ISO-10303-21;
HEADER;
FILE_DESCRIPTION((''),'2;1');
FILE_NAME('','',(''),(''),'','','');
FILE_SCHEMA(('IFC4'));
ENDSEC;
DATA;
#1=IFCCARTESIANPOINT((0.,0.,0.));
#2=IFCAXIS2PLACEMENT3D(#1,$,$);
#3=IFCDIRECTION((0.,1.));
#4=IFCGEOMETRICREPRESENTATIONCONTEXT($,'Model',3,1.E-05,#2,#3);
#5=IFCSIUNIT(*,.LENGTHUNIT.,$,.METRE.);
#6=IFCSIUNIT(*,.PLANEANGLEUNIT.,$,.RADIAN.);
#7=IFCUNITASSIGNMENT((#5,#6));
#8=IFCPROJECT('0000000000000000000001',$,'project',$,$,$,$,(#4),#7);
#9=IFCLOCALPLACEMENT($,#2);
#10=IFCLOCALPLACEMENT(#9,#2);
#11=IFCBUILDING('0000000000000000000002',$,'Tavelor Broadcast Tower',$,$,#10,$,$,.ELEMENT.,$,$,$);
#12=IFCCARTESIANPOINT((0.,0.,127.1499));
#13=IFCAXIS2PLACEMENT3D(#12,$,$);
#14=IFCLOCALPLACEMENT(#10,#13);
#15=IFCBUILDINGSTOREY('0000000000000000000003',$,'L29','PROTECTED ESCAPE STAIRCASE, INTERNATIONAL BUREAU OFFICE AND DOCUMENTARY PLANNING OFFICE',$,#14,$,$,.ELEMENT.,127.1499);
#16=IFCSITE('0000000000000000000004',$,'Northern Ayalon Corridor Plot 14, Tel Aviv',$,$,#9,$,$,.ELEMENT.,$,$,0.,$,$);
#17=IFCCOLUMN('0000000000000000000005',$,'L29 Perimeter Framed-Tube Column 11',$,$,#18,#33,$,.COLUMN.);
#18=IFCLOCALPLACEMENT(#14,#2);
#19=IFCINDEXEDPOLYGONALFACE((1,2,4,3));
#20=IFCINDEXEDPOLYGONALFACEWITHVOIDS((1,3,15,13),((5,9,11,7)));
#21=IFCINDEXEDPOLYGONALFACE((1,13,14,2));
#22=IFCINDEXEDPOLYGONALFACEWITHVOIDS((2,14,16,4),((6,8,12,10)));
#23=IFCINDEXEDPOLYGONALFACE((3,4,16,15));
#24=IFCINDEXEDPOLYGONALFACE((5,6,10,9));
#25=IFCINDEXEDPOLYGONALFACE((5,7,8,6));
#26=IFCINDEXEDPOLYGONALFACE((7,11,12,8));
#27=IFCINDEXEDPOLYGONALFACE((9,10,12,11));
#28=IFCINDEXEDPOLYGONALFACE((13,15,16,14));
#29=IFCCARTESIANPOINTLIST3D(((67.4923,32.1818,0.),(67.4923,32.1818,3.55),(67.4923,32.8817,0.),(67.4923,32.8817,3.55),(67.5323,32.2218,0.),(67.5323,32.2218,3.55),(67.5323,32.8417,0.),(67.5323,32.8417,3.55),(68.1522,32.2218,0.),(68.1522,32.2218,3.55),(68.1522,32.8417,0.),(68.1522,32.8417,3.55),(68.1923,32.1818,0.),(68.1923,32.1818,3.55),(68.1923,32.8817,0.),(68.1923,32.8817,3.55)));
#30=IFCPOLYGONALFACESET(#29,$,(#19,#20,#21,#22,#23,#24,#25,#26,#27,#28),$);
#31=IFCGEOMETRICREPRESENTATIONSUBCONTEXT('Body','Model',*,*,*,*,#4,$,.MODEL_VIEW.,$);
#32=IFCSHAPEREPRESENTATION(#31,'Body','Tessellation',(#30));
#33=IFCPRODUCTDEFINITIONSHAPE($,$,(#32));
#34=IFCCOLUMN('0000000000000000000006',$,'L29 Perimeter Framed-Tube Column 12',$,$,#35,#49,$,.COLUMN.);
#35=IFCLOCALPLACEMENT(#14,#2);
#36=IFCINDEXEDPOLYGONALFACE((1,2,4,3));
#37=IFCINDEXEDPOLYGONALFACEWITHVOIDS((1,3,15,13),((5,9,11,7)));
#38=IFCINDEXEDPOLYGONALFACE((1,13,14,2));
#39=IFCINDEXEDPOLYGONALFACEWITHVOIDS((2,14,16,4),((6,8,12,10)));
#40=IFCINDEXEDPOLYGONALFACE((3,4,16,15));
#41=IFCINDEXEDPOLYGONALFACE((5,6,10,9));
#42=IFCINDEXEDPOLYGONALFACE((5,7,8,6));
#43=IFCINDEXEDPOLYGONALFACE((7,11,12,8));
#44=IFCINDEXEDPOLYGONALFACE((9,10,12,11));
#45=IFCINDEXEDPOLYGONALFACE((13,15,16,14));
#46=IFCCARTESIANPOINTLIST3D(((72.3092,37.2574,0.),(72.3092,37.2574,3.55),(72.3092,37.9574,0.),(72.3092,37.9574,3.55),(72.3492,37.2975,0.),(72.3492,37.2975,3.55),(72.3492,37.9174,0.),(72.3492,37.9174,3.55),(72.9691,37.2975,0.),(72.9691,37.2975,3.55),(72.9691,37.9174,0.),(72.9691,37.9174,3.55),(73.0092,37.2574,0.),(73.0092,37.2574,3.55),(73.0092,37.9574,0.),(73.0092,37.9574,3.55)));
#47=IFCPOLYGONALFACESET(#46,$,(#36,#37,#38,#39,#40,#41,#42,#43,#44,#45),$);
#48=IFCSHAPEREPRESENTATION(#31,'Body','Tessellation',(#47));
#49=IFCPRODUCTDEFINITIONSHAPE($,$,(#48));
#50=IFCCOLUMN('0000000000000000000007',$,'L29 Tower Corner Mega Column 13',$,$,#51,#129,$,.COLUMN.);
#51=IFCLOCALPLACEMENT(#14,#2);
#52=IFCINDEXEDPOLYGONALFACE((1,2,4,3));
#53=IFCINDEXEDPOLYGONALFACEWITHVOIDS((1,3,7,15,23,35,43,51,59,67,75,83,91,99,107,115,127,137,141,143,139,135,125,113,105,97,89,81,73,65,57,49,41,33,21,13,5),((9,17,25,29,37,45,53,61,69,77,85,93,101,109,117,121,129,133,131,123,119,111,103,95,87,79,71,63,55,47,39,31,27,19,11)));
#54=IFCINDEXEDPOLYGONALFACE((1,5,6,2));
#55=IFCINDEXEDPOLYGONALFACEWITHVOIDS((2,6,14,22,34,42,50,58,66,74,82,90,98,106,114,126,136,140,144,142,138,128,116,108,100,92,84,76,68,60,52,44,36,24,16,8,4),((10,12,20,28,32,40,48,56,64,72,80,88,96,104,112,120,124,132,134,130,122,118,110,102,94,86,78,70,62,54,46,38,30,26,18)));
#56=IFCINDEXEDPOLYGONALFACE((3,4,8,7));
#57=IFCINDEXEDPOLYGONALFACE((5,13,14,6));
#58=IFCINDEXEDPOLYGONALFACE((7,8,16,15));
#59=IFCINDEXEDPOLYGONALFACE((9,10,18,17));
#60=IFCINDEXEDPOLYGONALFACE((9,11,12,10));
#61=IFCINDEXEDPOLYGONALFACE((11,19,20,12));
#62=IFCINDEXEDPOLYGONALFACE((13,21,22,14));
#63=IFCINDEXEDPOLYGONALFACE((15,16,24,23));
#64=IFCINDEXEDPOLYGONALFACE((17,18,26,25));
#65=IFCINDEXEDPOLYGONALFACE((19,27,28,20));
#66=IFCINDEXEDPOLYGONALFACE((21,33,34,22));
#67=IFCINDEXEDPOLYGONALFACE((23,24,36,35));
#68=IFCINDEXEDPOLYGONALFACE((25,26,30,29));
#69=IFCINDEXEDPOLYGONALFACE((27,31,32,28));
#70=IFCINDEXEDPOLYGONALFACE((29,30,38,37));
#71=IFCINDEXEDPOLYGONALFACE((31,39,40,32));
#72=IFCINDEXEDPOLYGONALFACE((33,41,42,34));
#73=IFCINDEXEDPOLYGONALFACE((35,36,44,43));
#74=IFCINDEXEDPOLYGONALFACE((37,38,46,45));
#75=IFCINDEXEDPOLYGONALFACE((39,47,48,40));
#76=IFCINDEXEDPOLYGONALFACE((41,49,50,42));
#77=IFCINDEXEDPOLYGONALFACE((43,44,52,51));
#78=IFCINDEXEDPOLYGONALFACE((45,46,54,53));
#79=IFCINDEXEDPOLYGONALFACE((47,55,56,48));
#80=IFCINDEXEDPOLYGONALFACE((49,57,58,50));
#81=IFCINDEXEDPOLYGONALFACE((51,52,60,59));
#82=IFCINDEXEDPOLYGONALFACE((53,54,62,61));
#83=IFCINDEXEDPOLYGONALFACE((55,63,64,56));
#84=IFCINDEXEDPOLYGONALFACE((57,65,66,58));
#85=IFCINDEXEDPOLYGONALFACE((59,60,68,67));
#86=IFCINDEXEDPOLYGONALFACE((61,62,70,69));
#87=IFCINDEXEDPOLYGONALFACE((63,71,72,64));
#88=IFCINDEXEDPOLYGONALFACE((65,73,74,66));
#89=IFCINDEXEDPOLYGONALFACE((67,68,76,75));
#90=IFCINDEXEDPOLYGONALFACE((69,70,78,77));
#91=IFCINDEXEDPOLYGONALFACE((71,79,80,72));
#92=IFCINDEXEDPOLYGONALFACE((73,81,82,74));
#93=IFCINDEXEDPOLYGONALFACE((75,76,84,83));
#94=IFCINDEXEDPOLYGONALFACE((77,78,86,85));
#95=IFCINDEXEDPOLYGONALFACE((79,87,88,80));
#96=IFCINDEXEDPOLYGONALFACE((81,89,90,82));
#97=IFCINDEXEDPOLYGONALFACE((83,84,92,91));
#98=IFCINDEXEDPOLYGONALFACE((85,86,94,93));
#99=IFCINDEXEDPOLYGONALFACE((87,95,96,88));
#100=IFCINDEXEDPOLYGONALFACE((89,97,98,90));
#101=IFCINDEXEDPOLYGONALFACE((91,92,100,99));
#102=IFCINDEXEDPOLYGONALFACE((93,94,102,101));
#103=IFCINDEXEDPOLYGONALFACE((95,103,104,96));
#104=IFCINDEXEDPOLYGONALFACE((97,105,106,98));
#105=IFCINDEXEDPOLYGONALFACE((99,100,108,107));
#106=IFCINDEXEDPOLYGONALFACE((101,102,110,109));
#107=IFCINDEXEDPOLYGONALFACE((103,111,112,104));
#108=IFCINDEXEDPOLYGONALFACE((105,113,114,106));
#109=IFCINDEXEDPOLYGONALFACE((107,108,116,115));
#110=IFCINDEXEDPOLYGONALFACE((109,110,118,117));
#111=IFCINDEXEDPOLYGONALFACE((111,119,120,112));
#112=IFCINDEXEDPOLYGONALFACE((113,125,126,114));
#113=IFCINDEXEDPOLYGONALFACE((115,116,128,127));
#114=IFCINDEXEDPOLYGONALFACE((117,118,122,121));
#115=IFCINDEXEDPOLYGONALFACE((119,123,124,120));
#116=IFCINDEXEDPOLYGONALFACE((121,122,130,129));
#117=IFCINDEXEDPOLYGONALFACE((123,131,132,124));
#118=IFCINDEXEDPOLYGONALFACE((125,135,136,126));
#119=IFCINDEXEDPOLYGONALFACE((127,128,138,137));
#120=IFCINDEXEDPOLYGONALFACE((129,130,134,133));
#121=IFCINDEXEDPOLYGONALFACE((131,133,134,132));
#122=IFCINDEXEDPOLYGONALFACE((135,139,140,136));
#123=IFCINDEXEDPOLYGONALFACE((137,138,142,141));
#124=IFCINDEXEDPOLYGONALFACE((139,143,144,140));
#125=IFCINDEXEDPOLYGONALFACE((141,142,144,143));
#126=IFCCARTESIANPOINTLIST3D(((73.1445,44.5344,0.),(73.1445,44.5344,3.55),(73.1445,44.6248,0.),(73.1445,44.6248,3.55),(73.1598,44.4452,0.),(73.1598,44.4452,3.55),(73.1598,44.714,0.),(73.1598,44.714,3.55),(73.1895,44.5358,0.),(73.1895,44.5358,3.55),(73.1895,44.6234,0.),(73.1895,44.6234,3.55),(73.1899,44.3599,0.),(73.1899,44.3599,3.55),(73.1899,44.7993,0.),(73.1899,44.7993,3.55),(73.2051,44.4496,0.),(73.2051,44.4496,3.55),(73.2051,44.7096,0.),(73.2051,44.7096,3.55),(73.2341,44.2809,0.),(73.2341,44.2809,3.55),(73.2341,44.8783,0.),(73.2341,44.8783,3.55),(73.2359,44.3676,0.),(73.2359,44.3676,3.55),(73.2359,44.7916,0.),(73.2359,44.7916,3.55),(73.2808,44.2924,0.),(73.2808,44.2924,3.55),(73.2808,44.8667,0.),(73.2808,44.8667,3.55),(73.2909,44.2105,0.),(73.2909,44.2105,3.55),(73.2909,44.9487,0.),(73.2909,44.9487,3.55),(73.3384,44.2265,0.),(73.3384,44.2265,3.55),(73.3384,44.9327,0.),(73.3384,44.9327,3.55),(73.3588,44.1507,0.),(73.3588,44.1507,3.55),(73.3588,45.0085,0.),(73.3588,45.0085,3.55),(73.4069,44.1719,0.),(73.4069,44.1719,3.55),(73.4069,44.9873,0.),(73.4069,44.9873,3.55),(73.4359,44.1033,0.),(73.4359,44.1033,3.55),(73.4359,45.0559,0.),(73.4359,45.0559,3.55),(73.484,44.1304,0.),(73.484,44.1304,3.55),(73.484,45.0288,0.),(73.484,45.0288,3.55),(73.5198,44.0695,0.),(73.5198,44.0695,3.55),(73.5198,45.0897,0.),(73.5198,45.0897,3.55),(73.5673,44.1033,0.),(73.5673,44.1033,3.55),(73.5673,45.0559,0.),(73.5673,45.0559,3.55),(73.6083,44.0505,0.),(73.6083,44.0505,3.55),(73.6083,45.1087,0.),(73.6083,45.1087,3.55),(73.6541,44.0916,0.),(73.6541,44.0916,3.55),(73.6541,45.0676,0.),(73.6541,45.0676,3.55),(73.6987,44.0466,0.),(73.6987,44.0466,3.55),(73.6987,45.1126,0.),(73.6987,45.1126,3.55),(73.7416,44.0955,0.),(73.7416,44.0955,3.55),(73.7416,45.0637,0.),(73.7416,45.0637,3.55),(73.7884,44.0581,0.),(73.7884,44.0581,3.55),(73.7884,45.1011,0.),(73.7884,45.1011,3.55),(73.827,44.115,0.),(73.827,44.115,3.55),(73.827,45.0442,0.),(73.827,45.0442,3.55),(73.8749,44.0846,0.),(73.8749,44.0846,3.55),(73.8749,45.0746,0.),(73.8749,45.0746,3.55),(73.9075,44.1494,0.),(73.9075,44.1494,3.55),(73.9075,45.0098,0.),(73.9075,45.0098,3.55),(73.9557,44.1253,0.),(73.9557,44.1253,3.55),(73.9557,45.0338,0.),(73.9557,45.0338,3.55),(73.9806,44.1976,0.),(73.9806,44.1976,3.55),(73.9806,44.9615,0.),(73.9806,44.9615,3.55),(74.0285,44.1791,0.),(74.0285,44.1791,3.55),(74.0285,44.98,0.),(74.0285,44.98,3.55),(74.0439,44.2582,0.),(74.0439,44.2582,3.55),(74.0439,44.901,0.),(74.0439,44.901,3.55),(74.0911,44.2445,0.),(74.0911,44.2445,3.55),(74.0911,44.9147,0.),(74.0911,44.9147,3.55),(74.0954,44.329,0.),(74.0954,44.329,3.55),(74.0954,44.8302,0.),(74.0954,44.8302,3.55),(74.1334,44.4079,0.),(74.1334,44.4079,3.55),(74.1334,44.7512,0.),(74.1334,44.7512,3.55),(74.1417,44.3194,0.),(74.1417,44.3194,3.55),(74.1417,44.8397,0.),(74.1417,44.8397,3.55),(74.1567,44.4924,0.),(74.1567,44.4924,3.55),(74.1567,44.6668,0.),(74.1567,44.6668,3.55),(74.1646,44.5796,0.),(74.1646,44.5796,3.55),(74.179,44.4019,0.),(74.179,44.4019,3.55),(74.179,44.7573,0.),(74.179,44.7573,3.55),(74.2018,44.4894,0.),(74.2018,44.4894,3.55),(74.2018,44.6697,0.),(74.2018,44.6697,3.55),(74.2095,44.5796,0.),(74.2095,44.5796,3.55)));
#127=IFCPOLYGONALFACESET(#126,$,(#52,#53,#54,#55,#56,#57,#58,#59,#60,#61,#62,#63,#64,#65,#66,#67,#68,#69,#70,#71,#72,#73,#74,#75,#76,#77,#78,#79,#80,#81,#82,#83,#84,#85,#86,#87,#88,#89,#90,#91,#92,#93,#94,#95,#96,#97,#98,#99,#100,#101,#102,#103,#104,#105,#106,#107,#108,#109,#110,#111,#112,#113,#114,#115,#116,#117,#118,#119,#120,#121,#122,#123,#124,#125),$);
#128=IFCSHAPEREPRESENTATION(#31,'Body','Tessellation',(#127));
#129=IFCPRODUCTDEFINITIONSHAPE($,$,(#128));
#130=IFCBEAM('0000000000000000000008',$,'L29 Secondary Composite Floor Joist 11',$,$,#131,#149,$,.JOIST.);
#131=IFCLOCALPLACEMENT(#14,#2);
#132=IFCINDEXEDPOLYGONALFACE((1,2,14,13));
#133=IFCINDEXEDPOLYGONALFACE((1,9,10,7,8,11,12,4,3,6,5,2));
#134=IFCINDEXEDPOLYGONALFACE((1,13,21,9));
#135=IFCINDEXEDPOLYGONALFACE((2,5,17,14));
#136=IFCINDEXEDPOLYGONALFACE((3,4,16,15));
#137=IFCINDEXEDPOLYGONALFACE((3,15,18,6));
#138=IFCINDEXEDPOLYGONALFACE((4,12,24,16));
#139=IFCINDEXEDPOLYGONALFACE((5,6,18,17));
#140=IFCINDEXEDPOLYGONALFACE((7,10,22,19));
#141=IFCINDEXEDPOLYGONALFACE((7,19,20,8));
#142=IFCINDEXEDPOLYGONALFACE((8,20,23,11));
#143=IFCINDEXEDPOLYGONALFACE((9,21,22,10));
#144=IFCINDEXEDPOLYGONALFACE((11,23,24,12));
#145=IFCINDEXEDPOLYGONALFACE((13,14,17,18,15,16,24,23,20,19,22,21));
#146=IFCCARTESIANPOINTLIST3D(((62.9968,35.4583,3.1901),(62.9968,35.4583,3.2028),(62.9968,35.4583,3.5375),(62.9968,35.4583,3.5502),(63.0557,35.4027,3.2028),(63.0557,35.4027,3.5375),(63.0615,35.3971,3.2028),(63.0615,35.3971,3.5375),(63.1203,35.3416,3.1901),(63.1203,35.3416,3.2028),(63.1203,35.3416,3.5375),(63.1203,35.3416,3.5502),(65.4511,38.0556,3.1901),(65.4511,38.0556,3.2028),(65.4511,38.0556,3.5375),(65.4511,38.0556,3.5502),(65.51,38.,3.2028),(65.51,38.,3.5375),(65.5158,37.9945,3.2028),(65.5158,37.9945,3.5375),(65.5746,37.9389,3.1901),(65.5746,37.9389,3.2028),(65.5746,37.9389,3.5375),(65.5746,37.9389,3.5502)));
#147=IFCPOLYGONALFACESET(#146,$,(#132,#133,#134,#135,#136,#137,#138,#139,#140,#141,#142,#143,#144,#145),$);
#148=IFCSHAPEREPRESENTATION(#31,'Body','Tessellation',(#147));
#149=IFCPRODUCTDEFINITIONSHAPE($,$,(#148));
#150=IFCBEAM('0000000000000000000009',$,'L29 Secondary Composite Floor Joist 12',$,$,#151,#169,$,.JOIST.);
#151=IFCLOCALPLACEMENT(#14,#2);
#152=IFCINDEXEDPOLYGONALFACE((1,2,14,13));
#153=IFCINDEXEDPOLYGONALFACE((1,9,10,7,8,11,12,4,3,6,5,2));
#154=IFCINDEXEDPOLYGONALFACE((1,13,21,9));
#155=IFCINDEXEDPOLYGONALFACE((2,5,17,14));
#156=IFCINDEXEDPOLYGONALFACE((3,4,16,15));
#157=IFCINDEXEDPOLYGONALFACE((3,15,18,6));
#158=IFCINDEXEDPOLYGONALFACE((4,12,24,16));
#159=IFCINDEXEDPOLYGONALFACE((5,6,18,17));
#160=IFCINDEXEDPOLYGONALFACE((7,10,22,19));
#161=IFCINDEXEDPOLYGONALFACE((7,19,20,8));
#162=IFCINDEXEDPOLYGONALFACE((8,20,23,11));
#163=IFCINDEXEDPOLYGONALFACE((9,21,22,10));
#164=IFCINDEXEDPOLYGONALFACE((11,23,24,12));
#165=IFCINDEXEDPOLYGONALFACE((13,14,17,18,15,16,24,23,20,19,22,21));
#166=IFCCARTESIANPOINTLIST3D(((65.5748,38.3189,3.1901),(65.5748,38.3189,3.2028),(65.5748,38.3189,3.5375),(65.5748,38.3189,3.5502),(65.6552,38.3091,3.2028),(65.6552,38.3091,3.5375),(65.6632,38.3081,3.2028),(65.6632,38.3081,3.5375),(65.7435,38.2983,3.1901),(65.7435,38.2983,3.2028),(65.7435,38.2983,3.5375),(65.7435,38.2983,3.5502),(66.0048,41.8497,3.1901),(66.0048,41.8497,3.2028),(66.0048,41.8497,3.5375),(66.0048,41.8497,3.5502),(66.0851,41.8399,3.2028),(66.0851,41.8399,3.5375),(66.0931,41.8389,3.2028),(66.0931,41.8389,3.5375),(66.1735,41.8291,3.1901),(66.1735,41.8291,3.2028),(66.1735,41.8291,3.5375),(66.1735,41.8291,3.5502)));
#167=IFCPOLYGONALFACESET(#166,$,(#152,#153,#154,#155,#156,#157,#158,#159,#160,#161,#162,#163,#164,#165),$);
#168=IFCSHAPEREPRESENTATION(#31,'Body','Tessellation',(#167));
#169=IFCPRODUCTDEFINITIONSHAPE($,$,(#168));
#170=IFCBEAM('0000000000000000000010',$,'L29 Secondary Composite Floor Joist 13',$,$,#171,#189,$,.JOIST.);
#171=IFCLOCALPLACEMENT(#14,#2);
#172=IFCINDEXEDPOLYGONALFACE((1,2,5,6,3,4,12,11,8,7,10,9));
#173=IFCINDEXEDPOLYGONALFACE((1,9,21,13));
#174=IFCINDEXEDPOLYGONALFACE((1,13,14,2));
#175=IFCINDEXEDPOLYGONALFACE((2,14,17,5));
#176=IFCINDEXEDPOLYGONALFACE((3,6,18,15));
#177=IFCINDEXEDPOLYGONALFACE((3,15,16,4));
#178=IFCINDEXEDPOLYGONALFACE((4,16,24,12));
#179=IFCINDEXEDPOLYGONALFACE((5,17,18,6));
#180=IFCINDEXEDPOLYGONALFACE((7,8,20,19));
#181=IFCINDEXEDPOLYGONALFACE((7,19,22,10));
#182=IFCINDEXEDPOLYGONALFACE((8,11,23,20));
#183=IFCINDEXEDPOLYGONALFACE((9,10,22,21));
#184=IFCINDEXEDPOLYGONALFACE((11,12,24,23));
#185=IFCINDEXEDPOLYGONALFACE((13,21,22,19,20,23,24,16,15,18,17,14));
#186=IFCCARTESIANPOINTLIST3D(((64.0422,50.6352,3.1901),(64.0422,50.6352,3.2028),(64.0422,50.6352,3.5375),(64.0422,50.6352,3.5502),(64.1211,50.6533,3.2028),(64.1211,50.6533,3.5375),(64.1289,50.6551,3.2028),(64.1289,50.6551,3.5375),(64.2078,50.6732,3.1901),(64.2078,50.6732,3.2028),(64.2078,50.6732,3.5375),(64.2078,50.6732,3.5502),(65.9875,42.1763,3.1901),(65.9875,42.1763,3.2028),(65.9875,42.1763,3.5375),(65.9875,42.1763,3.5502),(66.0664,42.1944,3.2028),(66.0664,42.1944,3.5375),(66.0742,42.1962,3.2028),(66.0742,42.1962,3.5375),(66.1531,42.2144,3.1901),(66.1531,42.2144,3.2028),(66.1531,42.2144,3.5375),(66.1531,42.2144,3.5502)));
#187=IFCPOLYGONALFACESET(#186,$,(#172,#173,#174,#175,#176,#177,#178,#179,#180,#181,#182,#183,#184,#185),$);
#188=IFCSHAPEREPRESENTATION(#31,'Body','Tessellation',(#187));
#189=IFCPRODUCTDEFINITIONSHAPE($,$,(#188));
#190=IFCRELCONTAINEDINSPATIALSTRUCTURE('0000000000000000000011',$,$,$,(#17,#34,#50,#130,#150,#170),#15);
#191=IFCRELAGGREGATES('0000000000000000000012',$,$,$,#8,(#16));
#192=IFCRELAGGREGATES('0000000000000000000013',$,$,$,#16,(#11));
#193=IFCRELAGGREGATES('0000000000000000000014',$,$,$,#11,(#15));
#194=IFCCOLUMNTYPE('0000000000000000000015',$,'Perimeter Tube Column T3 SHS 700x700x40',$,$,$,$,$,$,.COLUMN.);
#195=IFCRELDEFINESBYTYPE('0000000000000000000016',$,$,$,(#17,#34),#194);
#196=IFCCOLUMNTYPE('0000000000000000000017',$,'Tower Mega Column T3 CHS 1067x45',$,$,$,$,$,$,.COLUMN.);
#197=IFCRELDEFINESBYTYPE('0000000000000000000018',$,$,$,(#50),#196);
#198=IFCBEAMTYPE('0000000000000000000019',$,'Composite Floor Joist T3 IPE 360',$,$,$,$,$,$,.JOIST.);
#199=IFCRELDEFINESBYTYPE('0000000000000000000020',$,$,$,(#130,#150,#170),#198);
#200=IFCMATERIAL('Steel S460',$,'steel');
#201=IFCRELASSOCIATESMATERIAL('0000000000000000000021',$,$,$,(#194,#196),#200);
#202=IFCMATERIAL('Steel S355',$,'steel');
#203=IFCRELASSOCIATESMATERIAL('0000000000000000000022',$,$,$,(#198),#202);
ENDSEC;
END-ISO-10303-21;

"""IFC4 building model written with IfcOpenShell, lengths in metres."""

from ifc_helpers import new_model, si_unit, direction, frame, origin, origin_2d, place, context, subcontext, project, spatial, hollow_rectangle, hollow_circle, i_section, extrude, material, material_profile, profile_set, type_object, element, save


model = new_model("IFC4")

# Units and contexts
model_context = context("Model", 3, precision=1e-05, world=origin(), true_north=direction((0.0, 1.0)))
body_context = subcontext(model_context, "Body", "Model", "MODEL_VIEW")
ifc_project = project(units=[si_unit("LENGTHUNIT", "METRE"), si_unit("PLANEANGLEUNIT", "RADIAN")], contexts=[model_context])

# Site, building, storey
site_placement = place(None, origin())
site = spatial("IfcSite", under=ifc_project, at=site_placement, Name="Northern Ayalon Corridor Plot 14, Tel Aviv", CompositionType="ELEMENT", RefElevation=0.0)
building_placement = place(site_placement, origin())
building = spatial("IfcBuilding", under=site, at=building_placement, Name="Tavelor Broadcast Tower", CompositionType="ELEMENT")
storey_placement = place(building_placement, frame((0.0, 0.0, 127.1499)))
storey = spatial("IfcBuildingStorey", under=building, at=storey_placement, Name="L29", Description="PROTECTED ESCAPE STAIRCASE, INTERNATIONAL BUREAU OFFICE AND DOCUMENTARY PLANNING OFFICE", CompositionType="ELEMENT", Elevation=127.1499)

# Columns
ifc_material_1 = material(Name="Steel S460", Category="steel")
ifc_material_profile_1 = material_profile(ifc_material_1, hollow_rectangle(XDim=0.7, YDim=0.7, WallThickness=0.04, at=origin_2d()), Name="SHS 700x700x40")
ifc_profile_set_1 = profile_set([ifc_material_profile_1], Name="Steel S460")
column_type_1 = type_object("IfcColumnType", Name="Perimeter Tube Column T3 SHS 700x700x40", PredefinedType="COLUMN", material=ifc_profile_set_1)
for number, where, z_axis, x_axis, name in (
    (1, (67.8423, 32.5317, 0.0), (0.0, 0.0, 1.0), (1.0, 0.0, 0.0), "L29 Perimeter Framed-Tube Column 11"),
    (2, (72.6592, 37.6074, 0.0), (0.0, 0.0, 1.0), (1.0, 0.0, 0.0), "L29 Perimeter Framed-Tube Column 12"),
):
    element("IfcColumn", number, at=place(storey_placement, frame(where, z_axis=z_axis, x_axis=x_axis)), inside=storey, type_object=column_type_1, Name=name, PredefinedType="COLUMN", context=body_context, shape_type="SweptSolid", body=[
        extrude(hollow_rectangle(XDim=0.7, YDim=0.7, WallThickness=0.04, at=origin_2d()), origin(), (0.0, 0.0, 1.0), 3.55),
    ])
ifc_material_profile_2 = material_profile(ifc_material_1, hollow_circle(Radius=0.5334, WallThickness=0.0449, at=origin_2d()), Name="CHS 1067x45")
ifc_profile_set_2 = profile_set([ifc_material_profile_2], Name="Steel S460")
column_type_2 = type_object("IfcColumnType", Name="Tower Mega Column T3 CHS 1067x45", PredefinedType="COLUMN", material=ifc_profile_set_2)
column_placement = place(storey_placement, frame((73.676, 44.5796, 0.0), z_axis=(0.0, 0.0, 1.0), x_axis=(1.0, 0.0, 0.0)))
element("IfcColumn", 3, at=column_placement, inside=storey, type_object=column_type_2, Name="L29 Tower Corner Mega Column 13", PredefinedType="COLUMN", context=body_context, shape_type="SweptSolid", body=[
    extrude(hollow_circle(Radius=0.5334, WallThickness=0.0449, at=origin_2d()), origin(), (0.0, 0.0, 1.0), 3.55),
])

# Beams
ifc_material_2 = material(Name="Steel S355", Category="steel")
ifc_material_profile_3 = material_profile(ifc_material_2, i_section(OverallWidth=0.1699, OverallDepth=0.3601, WebThickness=0.0081, FlangeThickness=0.0127, at=origin_2d()), Name="IPE 360")
ifc_profile_set_3 = profile_set([ifc_material_profile_3], Name="Steel S355")
beam_type_1 = type_object("IfcBeamType", Name="Composite Floor Joist T3 IPE 360", PredefinedType="JOIST", material=ifc_profile_set_3)
beam_1_placement = place(storey_placement, frame((63.0586, 35.3999, 3.3701), z_axis=(0.686806, 0.726841, 0.0), x_axis=(-0.726841, 0.686806, 0.0)))
element("IfcBeam", 4, at=beam_1_placement, inside=storey, type_object=beam_type_1, Name="L29 Secondary Composite Floor Joist 11", PredefinedType="JOIST", context=body_context, shape_type="SweptSolid", body=[
    extrude(i_section(OverallWidth=0.1699, OverallDepth=0.3601, WebThickness=0.0081, FlangeThickness=0.0127, at=origin_2d()), origin(), (0.0, 0.0, 1.0), 3.5735),
])
beam_2_placement = place(storey_placement, frame((65.6592, 38.3086, 3.3701), z_axis=(0.120875, 0.992668, 0.0), x_axis=(-0.992668, 0.120875, 0.0)))
element("IfcBeam", 5, at=beam_2_placement, inside=storey, type_object=beam_type_1, Name="L29 Secondary Composite Floor Joist 12", PredefinedType="JOIST", context=body_context, shape_type="SweptSolid", body=[
    extrude(i_section(OverallWidth=0.1699, OverallDepth=0.3601, WebThickness=0.0081, FlangeThickness=0.0127, at=origin_2d()), origin(), (0.0, 0.0, 1.0), 3.5569),
])
beam_3_placement = place(storey_placement, frame((66.0703, 42.1953, 3.3701), z_axis=(-0.22412, 0.974562, 0.0), x_axis=(-0.974562, -0.22412, 0.0)))
element("IfcBeam", 6, at=beam_3_placement, inside=storey, type_object=beam_type_1, Name="L29 Secondary Composite Floor Joist 13", PredefinedType="JOIST", context=body_context, shape_type="SweptSolid", body=[
    extrude(i_section(OverallWidth=0.1699, OverallDepth=0.3601, WebThickness=0.0081, FlangeThickness=0.0127, at=origin_2d()), origin(), (0.0, 0.0, 1.0), 8.6797),
])

save(model, "model.ifc")
